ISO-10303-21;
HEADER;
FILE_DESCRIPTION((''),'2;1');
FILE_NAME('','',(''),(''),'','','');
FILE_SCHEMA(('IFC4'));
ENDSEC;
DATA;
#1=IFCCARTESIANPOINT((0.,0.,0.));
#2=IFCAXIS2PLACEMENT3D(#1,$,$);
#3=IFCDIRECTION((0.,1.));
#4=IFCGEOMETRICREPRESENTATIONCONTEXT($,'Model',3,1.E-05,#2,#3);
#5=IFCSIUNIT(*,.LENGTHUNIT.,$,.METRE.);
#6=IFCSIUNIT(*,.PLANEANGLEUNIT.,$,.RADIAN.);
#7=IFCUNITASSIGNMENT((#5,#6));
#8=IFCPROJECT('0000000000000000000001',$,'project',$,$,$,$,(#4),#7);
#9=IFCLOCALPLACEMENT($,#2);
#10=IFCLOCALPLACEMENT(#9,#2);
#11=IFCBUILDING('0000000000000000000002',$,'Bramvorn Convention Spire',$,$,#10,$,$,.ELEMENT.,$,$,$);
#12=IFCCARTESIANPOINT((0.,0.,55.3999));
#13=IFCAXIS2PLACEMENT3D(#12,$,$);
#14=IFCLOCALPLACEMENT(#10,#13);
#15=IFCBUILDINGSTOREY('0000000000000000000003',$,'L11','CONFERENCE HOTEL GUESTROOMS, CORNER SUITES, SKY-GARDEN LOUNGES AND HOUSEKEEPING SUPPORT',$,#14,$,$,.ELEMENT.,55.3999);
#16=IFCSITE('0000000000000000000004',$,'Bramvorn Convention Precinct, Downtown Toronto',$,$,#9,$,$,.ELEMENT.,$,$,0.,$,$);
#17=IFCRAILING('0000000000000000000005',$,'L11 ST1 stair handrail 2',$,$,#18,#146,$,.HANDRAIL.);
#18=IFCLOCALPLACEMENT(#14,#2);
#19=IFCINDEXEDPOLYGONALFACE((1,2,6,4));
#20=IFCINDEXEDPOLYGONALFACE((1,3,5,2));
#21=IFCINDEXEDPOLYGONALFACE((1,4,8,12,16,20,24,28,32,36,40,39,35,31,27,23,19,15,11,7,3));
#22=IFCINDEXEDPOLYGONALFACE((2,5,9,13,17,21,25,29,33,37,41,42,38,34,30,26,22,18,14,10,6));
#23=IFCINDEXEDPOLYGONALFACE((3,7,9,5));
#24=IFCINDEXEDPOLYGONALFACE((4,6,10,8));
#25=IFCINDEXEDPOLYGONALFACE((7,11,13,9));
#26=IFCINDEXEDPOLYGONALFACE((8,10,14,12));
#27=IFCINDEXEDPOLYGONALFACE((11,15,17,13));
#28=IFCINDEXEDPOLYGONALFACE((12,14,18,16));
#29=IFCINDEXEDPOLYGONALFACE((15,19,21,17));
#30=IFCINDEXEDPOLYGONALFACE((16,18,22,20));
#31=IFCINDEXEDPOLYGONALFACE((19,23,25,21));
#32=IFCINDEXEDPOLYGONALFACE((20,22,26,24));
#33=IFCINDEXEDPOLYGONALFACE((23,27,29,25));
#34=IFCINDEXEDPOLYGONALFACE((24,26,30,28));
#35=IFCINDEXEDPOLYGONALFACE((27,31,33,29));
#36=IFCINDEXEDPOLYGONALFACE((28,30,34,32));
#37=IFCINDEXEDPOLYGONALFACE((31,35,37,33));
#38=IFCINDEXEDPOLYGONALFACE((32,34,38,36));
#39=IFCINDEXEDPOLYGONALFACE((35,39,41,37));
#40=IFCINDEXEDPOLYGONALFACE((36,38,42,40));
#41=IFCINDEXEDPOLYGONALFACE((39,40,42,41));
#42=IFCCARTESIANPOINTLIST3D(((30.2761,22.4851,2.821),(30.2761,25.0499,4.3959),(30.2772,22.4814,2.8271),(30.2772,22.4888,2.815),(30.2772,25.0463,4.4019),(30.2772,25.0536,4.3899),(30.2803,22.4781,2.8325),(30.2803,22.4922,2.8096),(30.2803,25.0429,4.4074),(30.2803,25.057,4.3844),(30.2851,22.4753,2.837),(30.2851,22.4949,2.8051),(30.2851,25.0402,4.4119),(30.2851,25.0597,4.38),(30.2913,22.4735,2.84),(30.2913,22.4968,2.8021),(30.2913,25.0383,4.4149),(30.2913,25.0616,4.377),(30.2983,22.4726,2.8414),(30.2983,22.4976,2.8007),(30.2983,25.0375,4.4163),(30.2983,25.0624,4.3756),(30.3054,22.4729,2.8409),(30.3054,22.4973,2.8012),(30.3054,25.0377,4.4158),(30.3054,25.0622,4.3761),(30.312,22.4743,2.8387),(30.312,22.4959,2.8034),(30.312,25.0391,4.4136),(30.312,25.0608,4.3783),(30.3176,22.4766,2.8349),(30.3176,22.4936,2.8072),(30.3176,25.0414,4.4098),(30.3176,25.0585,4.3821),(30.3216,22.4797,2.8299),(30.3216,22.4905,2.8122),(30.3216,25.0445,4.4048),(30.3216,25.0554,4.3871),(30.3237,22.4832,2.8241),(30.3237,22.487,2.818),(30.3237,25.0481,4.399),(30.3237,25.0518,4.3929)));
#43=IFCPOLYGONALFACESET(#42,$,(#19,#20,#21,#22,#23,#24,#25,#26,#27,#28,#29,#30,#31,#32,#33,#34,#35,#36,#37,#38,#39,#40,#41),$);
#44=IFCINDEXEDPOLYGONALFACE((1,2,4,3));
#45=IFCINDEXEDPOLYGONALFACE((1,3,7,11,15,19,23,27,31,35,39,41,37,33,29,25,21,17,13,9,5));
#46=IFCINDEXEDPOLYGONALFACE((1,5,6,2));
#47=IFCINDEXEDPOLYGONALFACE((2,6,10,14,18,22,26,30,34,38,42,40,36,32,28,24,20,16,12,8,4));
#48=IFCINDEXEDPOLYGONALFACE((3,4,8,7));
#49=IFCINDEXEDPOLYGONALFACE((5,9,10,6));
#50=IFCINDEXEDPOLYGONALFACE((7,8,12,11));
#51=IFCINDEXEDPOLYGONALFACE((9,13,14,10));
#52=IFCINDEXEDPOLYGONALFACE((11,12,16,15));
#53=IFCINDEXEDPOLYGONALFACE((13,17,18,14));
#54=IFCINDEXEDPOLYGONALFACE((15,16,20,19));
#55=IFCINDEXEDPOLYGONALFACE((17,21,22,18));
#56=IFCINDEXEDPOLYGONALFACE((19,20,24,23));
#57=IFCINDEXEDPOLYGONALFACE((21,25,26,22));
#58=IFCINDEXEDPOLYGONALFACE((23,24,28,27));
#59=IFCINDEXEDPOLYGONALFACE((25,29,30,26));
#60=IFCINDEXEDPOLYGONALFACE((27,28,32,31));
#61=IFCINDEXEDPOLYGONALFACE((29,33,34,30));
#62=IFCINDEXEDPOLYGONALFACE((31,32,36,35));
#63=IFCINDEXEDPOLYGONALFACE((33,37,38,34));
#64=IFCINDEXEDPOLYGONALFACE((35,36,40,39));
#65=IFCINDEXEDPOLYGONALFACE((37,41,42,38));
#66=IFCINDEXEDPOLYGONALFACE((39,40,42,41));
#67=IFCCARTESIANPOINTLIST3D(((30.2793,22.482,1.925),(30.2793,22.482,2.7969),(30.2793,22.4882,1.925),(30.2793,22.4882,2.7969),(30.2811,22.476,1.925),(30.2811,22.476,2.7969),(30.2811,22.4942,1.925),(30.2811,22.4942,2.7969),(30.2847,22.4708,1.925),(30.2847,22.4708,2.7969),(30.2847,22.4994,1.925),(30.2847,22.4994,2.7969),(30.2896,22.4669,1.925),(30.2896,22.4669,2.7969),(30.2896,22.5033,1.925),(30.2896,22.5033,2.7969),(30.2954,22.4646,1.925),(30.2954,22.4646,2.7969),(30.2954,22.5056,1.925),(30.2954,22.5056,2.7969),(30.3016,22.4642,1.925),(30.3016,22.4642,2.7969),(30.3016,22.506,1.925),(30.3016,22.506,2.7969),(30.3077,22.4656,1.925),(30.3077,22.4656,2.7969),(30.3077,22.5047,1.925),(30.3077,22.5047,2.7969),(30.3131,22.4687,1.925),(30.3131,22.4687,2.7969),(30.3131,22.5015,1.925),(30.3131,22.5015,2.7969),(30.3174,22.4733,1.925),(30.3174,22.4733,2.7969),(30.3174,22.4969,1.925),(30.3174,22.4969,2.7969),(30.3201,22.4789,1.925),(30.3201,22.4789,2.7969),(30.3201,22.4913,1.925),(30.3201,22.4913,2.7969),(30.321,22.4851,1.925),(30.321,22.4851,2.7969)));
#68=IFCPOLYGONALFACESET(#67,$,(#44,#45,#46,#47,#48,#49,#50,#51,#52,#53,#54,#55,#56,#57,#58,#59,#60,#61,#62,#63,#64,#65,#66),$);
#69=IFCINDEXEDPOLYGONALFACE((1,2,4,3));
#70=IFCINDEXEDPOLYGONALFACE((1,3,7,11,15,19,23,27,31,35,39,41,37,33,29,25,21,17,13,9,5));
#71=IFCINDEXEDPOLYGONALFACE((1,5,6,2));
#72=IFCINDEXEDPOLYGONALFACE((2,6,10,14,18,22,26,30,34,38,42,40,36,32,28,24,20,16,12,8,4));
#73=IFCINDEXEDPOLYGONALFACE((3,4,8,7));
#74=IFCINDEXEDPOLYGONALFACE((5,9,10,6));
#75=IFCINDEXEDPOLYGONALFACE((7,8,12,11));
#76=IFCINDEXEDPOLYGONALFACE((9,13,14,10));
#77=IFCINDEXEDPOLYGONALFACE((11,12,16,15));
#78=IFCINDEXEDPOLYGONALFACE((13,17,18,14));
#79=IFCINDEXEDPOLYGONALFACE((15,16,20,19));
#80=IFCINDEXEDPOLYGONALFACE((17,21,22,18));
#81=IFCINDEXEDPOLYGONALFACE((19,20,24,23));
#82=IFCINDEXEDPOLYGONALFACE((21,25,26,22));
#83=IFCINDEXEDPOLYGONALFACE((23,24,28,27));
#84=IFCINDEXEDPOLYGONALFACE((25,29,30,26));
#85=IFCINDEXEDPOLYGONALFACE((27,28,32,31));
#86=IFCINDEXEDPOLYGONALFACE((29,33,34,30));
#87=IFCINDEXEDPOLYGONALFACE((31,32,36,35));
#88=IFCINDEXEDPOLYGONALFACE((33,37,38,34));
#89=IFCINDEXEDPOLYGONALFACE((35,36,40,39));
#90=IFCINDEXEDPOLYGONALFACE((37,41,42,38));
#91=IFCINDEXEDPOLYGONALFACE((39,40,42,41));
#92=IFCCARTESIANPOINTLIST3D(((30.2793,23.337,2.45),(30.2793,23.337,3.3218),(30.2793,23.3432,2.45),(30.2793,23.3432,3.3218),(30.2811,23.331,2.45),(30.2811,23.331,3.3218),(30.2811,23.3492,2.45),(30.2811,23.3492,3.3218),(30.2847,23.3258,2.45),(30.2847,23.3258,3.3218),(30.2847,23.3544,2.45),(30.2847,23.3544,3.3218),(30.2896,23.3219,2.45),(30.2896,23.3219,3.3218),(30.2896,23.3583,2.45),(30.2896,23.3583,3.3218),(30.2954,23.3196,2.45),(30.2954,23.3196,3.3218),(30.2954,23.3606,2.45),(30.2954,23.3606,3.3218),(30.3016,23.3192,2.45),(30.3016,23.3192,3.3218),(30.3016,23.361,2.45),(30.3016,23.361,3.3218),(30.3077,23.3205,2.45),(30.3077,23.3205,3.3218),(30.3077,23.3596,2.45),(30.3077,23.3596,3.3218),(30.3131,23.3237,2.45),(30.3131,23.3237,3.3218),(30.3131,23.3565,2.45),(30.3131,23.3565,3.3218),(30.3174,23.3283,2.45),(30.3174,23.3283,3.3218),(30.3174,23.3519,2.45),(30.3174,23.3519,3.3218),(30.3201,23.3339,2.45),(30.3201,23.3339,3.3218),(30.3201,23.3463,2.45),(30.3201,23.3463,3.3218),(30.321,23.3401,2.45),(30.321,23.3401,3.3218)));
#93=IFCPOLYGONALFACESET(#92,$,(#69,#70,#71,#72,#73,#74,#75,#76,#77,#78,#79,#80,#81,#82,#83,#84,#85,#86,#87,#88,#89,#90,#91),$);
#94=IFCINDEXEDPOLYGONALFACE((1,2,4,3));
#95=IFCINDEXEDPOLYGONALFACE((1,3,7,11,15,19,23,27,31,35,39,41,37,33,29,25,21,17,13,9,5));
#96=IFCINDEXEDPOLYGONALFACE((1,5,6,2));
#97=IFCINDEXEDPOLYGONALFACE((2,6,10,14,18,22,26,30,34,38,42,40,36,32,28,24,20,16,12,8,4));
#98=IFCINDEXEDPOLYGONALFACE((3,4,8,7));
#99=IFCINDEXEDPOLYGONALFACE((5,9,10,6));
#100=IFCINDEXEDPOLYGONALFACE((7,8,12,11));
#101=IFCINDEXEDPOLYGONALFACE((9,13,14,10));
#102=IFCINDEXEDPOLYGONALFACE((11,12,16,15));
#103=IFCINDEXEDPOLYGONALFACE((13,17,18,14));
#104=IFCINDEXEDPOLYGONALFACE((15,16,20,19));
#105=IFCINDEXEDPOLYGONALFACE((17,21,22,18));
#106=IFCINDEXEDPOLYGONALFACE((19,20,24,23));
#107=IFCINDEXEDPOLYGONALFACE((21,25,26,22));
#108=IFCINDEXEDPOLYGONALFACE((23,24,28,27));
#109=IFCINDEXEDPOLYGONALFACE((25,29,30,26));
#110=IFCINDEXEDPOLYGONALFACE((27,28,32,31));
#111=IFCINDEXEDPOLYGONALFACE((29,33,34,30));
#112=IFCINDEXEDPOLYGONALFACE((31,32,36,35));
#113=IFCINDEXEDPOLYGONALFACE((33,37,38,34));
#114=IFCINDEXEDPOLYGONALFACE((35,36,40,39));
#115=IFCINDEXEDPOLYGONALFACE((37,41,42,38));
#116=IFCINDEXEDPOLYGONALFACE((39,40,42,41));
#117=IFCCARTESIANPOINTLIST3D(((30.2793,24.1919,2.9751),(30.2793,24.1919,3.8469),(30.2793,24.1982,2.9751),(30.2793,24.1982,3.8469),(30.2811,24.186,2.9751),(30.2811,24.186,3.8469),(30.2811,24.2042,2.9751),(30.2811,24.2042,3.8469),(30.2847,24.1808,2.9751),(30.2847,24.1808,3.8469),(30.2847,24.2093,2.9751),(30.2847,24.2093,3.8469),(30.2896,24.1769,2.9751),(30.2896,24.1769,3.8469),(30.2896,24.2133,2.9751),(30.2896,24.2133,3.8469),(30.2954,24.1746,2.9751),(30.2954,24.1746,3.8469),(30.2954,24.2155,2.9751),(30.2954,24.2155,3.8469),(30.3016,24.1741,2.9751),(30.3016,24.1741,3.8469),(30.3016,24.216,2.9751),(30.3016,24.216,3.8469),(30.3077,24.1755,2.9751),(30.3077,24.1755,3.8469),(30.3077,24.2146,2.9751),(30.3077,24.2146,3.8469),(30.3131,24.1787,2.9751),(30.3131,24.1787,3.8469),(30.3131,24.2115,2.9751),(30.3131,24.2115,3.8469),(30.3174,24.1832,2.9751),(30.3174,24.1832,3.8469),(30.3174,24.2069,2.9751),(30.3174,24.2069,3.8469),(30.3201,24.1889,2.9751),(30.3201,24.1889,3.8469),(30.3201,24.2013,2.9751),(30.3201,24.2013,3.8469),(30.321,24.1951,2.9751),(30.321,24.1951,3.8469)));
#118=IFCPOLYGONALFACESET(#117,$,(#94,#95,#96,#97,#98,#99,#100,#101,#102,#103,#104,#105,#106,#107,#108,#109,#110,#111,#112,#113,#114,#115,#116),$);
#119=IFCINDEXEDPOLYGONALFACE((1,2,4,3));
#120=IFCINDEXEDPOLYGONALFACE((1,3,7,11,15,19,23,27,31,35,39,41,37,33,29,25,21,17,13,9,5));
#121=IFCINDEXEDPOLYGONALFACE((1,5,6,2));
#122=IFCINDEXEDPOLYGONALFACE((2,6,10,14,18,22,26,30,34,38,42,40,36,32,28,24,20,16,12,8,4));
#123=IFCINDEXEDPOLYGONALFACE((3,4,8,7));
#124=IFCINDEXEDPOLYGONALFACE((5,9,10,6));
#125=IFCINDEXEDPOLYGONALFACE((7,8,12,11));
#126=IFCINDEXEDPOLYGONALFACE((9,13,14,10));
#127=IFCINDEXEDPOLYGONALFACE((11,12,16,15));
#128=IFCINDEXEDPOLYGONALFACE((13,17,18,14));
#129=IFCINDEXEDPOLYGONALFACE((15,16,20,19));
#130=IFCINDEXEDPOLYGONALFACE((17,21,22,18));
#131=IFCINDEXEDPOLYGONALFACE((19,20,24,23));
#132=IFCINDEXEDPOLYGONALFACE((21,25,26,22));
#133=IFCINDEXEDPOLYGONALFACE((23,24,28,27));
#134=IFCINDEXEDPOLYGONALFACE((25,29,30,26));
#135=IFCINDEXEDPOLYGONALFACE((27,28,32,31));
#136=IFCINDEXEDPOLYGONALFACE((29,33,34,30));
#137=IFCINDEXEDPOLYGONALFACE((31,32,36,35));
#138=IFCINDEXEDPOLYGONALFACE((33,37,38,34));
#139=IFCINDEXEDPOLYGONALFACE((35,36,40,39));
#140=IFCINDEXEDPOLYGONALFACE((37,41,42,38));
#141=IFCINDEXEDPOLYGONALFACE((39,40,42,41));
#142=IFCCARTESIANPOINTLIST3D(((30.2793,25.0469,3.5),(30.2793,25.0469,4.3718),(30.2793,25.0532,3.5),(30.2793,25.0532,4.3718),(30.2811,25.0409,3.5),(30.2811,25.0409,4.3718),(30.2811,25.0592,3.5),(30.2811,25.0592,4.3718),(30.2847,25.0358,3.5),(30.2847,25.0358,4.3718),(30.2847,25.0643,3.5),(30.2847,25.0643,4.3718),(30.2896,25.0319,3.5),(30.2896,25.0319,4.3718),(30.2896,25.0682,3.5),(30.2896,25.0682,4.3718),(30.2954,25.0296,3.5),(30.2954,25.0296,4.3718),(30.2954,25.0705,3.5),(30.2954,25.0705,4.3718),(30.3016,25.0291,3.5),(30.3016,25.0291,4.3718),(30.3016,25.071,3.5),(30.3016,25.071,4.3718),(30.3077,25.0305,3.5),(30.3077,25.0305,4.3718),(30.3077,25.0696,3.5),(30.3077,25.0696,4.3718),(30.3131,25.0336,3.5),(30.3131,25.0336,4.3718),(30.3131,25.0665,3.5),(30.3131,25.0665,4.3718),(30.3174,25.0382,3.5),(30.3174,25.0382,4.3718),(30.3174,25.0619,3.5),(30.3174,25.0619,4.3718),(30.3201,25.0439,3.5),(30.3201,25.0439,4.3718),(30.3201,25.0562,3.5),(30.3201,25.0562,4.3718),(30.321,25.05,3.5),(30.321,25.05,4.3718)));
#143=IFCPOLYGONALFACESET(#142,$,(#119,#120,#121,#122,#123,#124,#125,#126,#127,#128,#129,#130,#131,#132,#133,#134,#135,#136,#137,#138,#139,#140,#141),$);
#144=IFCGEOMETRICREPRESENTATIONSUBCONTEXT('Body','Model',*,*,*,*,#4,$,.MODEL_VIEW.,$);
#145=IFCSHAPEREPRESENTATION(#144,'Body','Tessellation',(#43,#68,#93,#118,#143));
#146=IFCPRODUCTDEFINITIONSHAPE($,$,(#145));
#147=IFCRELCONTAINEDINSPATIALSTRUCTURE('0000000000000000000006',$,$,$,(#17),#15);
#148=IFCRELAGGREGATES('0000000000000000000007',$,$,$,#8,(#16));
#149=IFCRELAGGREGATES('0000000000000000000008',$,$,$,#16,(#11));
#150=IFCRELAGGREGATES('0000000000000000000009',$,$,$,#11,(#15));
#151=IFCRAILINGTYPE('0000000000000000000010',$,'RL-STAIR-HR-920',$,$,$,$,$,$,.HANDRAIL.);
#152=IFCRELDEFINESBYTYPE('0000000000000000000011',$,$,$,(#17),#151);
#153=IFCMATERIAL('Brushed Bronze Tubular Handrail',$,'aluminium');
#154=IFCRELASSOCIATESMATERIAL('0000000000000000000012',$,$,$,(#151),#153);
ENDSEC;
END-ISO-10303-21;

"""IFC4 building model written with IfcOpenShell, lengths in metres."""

from ifc_helpers import new_model, si_unit, direction, frame, origin, origin_2d, place, context, subcontext, project, spatial, circle, extrude, material, type_object, element, save


model = new_model("IFC4")

# Units and contexts
model_context = context("Model", 3, precision=1e-05, world=origin(), true_north=direction((0.0, 1.0)))
body_context = subcontext(model_context, "Body", "Model", "MODEL_VIEW")
ifc_project = project(units=[si_unit("LENGTHUNIT", "METRE"), si_unit("PLANEANGLEUNIT", "RADIAN")], contexts=[model_context])

# Site, building, storey
site_placement = place(None, origin())
site = spatial("IfcSite", under=ifc_project, at=site_placement, Name="Bramvorn Convention Precinct, Downtown Toronto", CompositionType="ELEMENT", RefElevation=0.0)
building_placement = place(site_placement, origin())
building = spatial("IfcBuilding", under=site, at=building_placement, Name="Bramvorn Convention Spire", CompositionType="ELEMENT")
storey_placement = place(building_placement, frame((0.0, 0.0, 55.3999)))
storey = spatial("IfcBuildingStorey", under=building, at=storey_placement, Name="L11", Description="CONFERENCE HOTEL GUESTROOMS, CORNER SUITES, SKY-GARDEN LOUNGES AND HOUSEKEEPING SUPPORT", CompositionType="ELEMENT", Elevation=55.3999)

# Railing
ifc_material_1 = material(Name="Brushed Bronze Tubular Handrail", Category="aluminium")
railing_type_1 = type_object("IfcRailingType", Name="RL-STAIR-HR-920", PredefinedType="HANDRAIL", material=ifc_material_1)
railing_1_placement = place(storey_placement, frame((30.3, 22.4851, 1.925)))
element("IfcRailing", 1, at=railing_1_placement, inside=storey, type_object=railing_type_1, Name="L11 ST1 stair handrail 2", PredefinedType="HANDRAIL", context=body_context, shape_type="SweptSolid", body=[
    extrude(circle(Radius=0.0239, at=origin_2d()), frame((0.0, 0.0, 0.896), z_axis=(0.0, 0.852173, 0.52326), x_axis=(-1.0, 0.0, 0.0)), (0.0, 0.0, 1.0), 3.0098),
    extrude(circle(Radius=0.021, at=origin_2d()), origin(), (0.0, 0.0, 1.0), 0.8718),
    extrude(circle(Radius=0.021, at=origin_2d()), frame((0.0, 0.855, 0.5249)), (0.0, 0.0, 1.0), 0.8718),
    extrude(circle(Radius=0.021, at=origin_2d()), frame((0.0, 1.71, 1.05)), (0.0, 0.0, 1.0), 0.8718),
    extrude(circle(Radius=0.021, at=origin_2d()), frame((0.0, 2.5649, 1.575)), (0.0, 0.0, 1.0), 0.8718),
])

save(model, "model.ifc")
